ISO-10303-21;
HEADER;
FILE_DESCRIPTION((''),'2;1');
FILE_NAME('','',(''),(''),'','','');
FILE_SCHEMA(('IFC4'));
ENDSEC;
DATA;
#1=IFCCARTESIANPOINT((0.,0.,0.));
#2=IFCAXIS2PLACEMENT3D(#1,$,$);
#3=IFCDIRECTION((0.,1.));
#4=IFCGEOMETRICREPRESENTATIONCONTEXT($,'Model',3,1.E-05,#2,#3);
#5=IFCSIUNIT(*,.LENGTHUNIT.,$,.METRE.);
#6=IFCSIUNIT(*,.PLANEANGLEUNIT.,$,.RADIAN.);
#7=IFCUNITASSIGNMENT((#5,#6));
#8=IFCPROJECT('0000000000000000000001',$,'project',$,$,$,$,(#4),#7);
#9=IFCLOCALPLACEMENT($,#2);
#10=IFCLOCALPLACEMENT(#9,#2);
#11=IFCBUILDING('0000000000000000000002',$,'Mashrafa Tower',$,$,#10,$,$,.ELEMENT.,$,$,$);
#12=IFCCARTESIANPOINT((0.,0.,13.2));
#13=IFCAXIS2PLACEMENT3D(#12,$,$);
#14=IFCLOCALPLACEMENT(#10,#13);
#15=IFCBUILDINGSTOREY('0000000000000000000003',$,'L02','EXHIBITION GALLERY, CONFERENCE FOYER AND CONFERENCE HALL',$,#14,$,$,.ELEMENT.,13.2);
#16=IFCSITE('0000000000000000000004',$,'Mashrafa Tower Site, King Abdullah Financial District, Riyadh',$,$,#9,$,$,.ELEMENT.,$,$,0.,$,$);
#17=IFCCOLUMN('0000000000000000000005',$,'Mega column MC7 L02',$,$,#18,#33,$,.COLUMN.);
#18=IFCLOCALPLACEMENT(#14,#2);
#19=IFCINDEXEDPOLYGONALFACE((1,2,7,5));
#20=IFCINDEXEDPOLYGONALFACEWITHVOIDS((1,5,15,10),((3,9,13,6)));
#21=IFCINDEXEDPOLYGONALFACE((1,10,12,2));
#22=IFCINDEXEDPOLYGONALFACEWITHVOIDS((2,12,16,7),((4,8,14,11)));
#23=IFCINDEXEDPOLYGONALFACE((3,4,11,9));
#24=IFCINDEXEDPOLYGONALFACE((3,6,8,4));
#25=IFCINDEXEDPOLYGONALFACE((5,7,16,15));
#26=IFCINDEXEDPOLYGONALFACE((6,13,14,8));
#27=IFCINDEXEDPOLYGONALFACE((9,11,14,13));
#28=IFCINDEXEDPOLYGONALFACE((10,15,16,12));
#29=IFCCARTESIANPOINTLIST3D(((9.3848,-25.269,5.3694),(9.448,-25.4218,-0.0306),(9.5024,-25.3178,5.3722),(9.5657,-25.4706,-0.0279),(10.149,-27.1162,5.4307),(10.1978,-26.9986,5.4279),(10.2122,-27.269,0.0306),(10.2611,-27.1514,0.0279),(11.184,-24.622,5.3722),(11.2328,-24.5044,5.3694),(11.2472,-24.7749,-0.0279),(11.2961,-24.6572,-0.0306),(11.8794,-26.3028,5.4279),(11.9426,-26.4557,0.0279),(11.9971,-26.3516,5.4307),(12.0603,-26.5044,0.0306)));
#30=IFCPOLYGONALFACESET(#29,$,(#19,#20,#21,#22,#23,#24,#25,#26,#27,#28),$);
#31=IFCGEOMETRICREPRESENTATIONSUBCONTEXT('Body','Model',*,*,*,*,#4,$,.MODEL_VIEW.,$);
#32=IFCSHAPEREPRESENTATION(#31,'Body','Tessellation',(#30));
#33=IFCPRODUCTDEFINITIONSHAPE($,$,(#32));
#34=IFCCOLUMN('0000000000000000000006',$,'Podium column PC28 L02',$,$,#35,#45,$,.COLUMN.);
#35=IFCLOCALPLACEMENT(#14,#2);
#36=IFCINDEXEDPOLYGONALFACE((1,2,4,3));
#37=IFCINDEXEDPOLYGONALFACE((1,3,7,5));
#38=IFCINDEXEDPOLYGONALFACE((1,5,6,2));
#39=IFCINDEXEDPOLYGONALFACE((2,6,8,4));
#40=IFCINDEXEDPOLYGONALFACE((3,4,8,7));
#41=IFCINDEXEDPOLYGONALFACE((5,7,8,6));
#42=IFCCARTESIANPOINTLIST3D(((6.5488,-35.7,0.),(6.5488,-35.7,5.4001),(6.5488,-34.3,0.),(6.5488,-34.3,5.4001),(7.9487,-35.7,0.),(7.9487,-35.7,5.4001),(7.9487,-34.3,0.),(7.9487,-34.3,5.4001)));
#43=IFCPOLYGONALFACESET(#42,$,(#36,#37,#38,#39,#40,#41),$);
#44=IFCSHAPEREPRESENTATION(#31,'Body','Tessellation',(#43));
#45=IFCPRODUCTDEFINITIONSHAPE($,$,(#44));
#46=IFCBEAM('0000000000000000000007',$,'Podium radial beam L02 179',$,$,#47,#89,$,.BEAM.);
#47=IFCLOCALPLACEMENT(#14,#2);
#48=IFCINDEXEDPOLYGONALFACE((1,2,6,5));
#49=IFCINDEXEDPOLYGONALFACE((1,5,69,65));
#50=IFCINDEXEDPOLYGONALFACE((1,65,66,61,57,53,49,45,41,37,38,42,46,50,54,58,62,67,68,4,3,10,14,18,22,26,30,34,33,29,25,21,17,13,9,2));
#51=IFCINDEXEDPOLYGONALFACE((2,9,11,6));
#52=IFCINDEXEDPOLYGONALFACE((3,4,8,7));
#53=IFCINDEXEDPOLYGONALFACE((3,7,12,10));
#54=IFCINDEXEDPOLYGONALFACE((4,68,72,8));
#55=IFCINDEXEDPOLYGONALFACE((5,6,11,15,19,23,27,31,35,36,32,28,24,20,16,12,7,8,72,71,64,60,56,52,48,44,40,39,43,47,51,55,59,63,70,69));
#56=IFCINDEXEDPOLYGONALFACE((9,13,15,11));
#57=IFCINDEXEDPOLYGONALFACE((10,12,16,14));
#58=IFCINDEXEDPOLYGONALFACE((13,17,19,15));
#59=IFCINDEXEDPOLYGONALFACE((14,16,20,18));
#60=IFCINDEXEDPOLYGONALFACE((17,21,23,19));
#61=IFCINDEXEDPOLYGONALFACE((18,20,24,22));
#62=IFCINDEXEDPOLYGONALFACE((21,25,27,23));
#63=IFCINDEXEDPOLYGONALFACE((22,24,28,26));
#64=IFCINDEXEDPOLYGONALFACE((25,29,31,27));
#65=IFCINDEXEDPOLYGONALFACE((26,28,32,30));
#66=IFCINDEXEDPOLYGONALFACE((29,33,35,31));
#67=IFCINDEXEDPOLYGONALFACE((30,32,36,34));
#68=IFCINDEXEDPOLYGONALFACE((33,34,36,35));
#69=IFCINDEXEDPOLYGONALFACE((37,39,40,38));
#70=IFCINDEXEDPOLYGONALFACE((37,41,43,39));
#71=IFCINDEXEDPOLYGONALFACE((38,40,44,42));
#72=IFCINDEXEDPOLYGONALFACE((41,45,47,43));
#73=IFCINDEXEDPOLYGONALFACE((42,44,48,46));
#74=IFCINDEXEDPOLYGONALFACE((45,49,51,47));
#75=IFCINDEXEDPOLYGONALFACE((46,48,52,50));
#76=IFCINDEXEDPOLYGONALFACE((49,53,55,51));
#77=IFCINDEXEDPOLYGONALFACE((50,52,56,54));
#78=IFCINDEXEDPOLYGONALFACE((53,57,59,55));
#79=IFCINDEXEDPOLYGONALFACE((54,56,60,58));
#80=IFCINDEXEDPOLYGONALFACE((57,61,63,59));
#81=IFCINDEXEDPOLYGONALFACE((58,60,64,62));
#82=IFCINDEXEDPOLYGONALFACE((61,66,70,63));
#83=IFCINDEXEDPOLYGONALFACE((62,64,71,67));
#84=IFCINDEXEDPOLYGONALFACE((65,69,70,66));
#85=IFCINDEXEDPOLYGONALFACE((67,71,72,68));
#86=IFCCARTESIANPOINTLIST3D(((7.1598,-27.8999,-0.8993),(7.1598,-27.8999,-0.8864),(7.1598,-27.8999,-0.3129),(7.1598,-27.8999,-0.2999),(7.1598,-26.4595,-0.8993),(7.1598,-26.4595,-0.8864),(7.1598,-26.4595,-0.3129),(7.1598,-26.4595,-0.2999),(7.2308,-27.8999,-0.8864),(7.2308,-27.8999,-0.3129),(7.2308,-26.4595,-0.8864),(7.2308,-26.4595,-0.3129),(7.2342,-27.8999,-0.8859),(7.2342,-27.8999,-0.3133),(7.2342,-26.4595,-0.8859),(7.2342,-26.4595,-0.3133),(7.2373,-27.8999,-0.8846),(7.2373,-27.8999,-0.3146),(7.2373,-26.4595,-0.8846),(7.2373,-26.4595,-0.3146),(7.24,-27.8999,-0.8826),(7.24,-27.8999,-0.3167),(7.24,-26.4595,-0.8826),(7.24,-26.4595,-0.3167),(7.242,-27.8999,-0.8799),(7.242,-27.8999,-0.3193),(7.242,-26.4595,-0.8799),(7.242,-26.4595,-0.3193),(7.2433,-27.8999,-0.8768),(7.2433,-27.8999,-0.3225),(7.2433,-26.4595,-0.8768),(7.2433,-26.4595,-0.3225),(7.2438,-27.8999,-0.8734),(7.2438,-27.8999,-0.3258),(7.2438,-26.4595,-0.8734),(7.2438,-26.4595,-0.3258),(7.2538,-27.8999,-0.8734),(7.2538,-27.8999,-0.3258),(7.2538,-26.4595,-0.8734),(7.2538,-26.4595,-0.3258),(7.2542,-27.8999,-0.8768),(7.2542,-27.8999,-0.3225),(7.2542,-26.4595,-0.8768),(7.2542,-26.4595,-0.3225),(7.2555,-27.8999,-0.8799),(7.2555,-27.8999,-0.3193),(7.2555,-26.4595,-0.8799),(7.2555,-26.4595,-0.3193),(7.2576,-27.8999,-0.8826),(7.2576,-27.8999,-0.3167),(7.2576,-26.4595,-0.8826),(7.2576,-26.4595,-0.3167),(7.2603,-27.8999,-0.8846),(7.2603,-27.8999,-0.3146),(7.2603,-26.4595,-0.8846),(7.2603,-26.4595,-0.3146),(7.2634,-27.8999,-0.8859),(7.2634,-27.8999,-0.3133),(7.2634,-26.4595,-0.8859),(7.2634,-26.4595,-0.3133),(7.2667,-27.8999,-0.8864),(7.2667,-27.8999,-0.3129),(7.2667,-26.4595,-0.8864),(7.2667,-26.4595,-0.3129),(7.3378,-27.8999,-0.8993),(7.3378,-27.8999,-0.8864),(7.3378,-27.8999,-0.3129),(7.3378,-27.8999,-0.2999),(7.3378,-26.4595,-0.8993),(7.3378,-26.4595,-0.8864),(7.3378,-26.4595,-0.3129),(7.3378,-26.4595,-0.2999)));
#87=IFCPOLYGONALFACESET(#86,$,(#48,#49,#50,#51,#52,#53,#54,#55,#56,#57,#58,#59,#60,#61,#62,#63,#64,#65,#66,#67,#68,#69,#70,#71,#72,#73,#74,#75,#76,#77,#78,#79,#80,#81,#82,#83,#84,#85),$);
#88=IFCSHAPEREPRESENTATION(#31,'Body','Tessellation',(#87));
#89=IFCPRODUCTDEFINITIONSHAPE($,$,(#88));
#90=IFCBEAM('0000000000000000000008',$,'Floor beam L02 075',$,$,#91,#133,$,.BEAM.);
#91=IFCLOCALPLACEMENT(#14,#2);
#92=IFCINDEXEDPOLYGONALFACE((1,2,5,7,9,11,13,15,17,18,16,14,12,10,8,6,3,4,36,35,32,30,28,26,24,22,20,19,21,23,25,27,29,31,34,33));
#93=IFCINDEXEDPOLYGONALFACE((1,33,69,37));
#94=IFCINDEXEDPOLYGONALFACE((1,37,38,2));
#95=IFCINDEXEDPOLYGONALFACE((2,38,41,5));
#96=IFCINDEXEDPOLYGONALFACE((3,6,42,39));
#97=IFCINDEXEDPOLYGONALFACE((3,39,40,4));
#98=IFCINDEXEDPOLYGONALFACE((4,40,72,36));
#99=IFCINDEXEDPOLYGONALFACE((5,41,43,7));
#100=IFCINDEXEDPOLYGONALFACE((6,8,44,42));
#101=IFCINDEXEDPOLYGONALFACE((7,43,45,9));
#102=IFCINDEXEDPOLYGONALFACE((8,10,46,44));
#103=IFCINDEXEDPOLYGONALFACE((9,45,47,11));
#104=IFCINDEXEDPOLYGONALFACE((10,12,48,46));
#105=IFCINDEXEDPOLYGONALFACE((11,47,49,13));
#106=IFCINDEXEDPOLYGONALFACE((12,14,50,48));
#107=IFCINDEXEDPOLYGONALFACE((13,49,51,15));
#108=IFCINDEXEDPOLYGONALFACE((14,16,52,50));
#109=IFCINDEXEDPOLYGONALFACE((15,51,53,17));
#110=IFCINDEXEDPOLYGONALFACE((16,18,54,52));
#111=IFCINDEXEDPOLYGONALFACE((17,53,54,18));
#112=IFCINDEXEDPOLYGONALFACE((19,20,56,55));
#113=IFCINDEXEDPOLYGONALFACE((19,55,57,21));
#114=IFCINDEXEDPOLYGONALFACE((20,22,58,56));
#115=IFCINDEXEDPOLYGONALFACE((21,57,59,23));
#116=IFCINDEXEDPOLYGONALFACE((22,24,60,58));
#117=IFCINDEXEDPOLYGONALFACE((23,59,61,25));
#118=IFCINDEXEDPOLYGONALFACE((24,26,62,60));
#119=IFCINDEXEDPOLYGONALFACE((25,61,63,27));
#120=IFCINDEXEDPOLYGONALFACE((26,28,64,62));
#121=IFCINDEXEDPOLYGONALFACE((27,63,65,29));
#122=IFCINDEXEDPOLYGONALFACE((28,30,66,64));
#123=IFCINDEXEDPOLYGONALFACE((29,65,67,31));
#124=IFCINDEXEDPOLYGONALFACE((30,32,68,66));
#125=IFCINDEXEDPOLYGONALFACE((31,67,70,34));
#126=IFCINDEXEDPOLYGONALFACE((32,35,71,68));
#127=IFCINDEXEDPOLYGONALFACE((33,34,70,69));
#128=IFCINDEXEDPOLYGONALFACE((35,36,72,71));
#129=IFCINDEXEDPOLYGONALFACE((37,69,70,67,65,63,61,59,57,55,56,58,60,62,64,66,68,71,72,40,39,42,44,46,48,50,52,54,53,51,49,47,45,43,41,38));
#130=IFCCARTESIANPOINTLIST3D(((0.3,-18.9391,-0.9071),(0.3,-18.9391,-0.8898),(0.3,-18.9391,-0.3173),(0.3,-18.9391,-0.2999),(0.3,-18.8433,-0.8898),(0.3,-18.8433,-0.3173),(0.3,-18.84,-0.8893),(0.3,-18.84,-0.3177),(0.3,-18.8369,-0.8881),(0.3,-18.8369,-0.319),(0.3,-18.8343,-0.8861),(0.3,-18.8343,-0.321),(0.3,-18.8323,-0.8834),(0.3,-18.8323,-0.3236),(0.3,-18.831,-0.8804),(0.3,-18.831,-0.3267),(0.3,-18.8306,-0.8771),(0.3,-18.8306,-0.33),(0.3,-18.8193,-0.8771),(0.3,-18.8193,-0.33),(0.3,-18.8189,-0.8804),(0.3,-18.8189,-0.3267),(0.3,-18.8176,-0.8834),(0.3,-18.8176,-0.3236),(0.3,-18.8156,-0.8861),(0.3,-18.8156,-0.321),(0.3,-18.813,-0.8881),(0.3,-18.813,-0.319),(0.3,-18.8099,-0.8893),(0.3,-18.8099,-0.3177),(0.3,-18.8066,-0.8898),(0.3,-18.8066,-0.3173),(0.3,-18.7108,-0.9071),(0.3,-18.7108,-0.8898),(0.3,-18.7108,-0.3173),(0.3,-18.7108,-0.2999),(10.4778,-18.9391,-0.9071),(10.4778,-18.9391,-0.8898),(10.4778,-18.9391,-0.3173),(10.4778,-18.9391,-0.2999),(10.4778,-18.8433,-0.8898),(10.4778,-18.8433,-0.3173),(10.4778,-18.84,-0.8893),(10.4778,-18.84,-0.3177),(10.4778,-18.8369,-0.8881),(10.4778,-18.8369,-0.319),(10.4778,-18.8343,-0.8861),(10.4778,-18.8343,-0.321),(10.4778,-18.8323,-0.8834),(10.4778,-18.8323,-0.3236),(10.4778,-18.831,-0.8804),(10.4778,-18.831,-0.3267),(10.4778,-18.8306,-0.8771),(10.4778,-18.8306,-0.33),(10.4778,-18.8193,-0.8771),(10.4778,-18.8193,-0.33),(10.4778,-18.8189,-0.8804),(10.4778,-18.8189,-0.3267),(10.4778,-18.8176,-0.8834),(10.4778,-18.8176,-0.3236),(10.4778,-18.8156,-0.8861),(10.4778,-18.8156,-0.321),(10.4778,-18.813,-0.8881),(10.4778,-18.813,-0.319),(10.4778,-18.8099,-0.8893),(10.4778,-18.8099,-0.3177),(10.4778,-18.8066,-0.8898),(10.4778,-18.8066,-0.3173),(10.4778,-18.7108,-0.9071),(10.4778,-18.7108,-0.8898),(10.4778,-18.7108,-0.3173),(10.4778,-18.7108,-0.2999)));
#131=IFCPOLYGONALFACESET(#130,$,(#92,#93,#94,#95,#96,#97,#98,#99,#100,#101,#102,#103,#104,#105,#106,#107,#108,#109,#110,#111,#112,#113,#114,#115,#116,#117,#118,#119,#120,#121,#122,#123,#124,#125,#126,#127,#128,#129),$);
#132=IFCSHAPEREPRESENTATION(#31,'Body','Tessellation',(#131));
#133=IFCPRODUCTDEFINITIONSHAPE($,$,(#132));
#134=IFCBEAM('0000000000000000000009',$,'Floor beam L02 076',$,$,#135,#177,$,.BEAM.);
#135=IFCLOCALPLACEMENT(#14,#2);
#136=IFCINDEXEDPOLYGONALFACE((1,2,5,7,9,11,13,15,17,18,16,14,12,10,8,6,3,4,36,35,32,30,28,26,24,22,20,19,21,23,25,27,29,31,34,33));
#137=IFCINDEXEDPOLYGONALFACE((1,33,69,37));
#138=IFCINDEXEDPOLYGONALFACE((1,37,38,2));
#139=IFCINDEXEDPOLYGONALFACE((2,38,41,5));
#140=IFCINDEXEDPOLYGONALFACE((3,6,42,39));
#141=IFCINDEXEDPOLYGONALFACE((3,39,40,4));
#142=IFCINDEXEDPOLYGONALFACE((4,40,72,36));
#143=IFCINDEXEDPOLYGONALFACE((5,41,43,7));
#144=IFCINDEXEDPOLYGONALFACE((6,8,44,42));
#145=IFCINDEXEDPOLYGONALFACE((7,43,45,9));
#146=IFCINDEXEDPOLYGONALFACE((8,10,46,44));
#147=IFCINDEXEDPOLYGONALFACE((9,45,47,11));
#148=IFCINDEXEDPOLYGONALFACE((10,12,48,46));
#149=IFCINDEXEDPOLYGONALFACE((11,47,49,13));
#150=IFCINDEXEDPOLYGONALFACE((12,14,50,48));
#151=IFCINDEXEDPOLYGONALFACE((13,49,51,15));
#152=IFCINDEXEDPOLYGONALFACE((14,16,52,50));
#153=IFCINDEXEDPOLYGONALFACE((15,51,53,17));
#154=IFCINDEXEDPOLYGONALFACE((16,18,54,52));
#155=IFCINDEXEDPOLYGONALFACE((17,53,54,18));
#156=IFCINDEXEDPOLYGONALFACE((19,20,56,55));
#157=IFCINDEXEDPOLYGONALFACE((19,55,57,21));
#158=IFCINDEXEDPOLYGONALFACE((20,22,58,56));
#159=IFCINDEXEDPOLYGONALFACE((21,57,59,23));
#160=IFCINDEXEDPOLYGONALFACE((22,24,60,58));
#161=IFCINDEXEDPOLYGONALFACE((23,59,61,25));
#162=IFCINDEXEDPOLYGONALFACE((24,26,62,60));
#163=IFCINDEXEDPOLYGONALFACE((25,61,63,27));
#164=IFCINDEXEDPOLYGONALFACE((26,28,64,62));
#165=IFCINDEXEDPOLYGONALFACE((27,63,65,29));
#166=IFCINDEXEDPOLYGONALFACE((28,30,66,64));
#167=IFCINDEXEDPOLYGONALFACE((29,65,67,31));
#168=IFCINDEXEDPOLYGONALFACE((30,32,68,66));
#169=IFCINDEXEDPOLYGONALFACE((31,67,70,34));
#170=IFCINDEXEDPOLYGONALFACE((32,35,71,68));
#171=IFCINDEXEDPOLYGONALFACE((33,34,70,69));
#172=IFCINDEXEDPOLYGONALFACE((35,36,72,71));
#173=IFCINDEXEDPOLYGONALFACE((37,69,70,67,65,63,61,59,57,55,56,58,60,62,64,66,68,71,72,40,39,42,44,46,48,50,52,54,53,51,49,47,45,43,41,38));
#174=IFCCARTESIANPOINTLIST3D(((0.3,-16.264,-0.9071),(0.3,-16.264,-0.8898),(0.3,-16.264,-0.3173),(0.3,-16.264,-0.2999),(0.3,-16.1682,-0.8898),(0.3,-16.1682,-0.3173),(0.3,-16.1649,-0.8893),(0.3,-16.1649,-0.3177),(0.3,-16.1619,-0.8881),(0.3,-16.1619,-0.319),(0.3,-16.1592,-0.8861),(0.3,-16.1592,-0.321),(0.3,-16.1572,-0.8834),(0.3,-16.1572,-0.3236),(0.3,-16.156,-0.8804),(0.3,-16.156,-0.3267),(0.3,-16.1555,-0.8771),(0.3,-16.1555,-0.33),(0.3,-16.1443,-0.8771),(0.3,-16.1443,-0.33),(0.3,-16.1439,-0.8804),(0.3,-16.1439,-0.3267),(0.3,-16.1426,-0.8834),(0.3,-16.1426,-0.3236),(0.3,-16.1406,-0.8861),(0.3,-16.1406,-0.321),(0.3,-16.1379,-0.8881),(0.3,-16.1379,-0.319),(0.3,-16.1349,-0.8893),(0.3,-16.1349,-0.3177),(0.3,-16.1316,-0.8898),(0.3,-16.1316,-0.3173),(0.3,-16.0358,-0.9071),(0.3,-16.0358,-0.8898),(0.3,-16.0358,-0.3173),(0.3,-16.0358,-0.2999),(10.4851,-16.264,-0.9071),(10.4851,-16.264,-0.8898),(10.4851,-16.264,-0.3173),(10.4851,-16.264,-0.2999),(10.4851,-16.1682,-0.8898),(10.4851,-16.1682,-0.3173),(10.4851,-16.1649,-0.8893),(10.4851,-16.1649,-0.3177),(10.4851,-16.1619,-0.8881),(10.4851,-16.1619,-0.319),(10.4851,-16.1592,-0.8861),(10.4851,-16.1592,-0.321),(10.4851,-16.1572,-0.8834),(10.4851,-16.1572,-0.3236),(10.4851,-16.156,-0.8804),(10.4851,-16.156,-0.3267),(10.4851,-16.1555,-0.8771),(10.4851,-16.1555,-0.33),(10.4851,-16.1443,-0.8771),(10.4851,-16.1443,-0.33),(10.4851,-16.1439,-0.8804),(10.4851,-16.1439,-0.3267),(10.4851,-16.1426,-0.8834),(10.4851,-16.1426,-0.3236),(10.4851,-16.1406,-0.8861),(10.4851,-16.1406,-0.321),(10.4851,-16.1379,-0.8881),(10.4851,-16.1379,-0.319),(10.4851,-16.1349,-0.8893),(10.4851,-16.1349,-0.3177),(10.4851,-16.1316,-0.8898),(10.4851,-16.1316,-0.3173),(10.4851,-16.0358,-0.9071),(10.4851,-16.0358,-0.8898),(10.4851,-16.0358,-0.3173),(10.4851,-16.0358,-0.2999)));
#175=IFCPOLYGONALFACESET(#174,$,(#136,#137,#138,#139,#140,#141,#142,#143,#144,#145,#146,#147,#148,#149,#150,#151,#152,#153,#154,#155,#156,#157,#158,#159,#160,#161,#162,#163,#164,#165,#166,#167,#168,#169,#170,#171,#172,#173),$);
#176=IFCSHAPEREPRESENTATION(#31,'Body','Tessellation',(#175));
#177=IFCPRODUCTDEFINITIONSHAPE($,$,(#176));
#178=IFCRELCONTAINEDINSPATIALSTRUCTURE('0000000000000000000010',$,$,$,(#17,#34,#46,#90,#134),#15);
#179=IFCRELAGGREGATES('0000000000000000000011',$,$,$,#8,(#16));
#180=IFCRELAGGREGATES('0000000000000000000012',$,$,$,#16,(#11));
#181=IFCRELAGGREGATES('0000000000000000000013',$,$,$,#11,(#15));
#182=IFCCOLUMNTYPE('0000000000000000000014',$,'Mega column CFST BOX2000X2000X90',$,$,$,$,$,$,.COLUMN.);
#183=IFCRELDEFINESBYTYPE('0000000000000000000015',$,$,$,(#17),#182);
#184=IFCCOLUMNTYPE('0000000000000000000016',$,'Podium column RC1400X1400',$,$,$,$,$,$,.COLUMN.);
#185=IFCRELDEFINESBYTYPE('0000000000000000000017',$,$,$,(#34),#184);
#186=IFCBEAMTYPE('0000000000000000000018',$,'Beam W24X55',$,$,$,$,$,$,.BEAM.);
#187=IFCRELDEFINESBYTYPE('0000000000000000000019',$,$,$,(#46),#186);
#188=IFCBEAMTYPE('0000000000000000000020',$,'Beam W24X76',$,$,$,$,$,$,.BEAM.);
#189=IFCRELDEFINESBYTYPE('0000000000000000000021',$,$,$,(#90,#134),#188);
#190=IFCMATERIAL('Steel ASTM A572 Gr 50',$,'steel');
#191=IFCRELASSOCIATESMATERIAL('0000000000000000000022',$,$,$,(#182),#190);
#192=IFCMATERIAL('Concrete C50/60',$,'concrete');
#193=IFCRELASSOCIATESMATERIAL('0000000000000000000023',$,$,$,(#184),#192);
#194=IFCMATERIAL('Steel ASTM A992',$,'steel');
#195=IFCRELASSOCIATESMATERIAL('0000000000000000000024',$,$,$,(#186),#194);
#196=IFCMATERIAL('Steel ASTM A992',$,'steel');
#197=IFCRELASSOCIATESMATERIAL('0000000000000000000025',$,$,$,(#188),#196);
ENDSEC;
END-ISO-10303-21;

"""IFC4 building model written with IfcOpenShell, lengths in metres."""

from ifc_helpers import new_model, si_unit, direction, frame, origin, origin_2d, place, context, subcontext, project, spatial, rectangle, hollow_rectangle, i_section, extrude, material, material_profile, profile_set, type_object, element, save


model = new_model("IFC4")

# Units and contexts
model_context = context("Model", 3, precision=1e-05, world=origin(), true_north=direction((0.0, 1.0)))
body_context = subcontext(model_context, "Body", "Model", "MODEL_VIEW")
ifc_project = project(units=[si_unit("LENGTHUNIT", "METRE"), si_unit("PLANEANGLEUNIT", "RADIAN")], contexts=[model_context])

# Site, building, storey
site_placement = place(None, origin())
site = spatial("IfcSite", under=ifc_project, at=site_placement, Name="Mashrafa Tower Site, King Abdullah Financial District, Riyadh", CompositionType="ELEMENT", RefElevation=0.0)
building_placement = place(site_placement, origin())
building = spatial("IfcBuilding", under=site, at=building_placement, Name="Mashrafa Tower", CompositionType="ELEMENT")
storey_placement = place(building_placement, frame((0.0, 0.0, 13.2)))
storey = spatial("IfcBuildingStorey", under=building, at=storey_placement, Name="L02", Description="EXHIBITION GALLERY, CONFERENCE FOYER AND CONFERENCE HALL", CompositionType="ELEMENT", Elevation=13.2)

# Columns
ifc_material_1 = material(Name="Steel ASTM A572 Gr 50", Category="steel")
ifc_material_profile_1 = material_profile(ifc_material_1, hollow_rectangle(XDim=2.0, YDim=2.0, WallThickness=0.0901, at=origin_2d()), Name="BOX2000X2000X90")
ifc_profile_set_1 = profile_set([ifc_material_profile_1], Name="Steel ASTM A572 Gr 50")
column_type_1 = type_object("IfcColumnType", Name="Mega column CFST BOX2000X2000X90", PredefinedType="COLUMN", material=ifc_profile_set_1)
column_1_placement = place(storey_placement, frame((10.7542, -25.9631, 0.0), z_axis=(-0.011704, 0.028288, 0.999531), x_axis=(-0.924035, -0.382308, 0.0)))
element("IfcColumn", 1, at=column_1_placement, inside=storey, type_object=column_type_1, Name="Mega column MC7 L02", PredefinedType="COLUMN", context=body_context, shape_type="SweptSolid", body=[
    extrude(hollow_rectangle(XDim=2.0, YDim=2.0, WallThickness=0.0901, at=origin_2d()), origin(), (0.0, 0.0, 1.0), 5.4026),
])
ifc_material_2 = material(Name="Concrete C50/60", Category="concrete")
ifc_material_profile_2 = material_profile(ifc_material_2, rectangle(XDim=1.3999, YDim=1.3999, at=origin_2d()), Name="RC1400X1400")
ifc_profile_set_2 = profile_set([ifc_material_profile_2], Name="Concrete C50/60")
column_type_2 = type_object("IfcColumnType", Name="Podium column RC1400X1400", PredefinedType="COLUMN", material=ifc_profile_set_2)
column_2_placement = place(storey_placement, frame((7.2488, -35.0, 0.0), z_axis=(0.0, 0.0, 1.0), x_axis=(1.0, 0.0, 0.0)))
element("IfcColumn", 2, at=column_2_placement, inside=storey, type_object=column_type_2, Name="Podium column PC28 L02", PredefinedType="COLUMN", context=body_context, shape_type="SweptSolid", body=[
    extrude(rectangle(XDim=1.3999, YDim=1.3999, at=origin_2d()), origin(), (0.0, 0.0, 1.0), 5.4001),
])

# Beams
ifc_material_3 = material(Name="Steel ASTM A992", Category="steel")
ifc_material_profile_3 = material_profile(ifc_material_3, i_section(OverallWidth=0.178, OverallDepth=0.5994, WebThickness=0.01, FlangeThickness=0.0129, FilletRadius=0.0129, at=origin_2d()), Name="W24X55")
ifc_profile_set_3 = profile_set([ifc_material_profile_3], Name="Steel ASTM A992")
beam_type_1 = type_object("IfcBeamType", Name="Beam W24X55", PredefinedType="BEAM", material=ifc_profile_set_3)
beam_1_placement = place(storey_placement, frame((7.2488, -26.4595, -0.5996), z_axis=(0.0, -1.0, 0.0), x_axis=(1.0, 0.0, 0.0)))
element("IfcBeam", 3, at=beam_1_placement, inside=storey, type_object=beam_type_1, Name="Podium radial beam L02 179", PredefinedType="BEAM", context=body_context, shape_type="SweptSolid", body=[
    extrude(i_section(OverallWidth=0.178, OverallDepth=0.5994, WebThickness=0.01, FlangeThickness=0.0129, FilletRadius=0.0129, at=origin_2d()), origin(), (0.0, 0.0, 1.0), 1.4404),
])
ifc_material_4 = material(Name="Steel ASTM A992", Category="steel")
ifc_material_profile_4 = material_profile(ifc_material_4, i_section(OverallWidth=0.2283, OverallDepth=0.6072, WebThickness=0.0112, FlangeThickness=0.0173, FilletRadius=0.0127, at=origin_2d()), Name="W24X76")
ifc_profile_set_4 = profile_set([ifc_material_profile_4], Name="Steel ASTM A992")
beam_type_2 = type_object("IfcBeamType", Name="Beam W24X76", PredefinedType="BEAM", material=ifc_profile_set_4)
beam_2_placement = place(storey_placement, frame((10.4778, -18.825, -0.6035), z_axis=(-1.0, 0.0, 0.0), x_axis=(0.0, -1.0, 0.0)))
element("IfcBeam", 4, at=beam_2_placement, inside=storey, type_object=beam_type_2, Name="Floor beam L02 075", PredefinedType="BEAM", context=body_context, shape_type="SweptSolid", body=[
    extrude(i_section(OverallWidth=0.2283, OverallDepth=0.6072, WebThickness=0.0112, FlangeThickness=0.0173, FilletRadius=0.0127, at=origin_2d()), origin(), (0.0, 0.0, 1.0), 10.1777),
])
beam_3_placement = place(storey_placement, frame((10.4851, -16.1499, -0.6035), z_axis=(-1.0, 0.0, 0.0), x_axis=(0.0, -1.0, 0.0)))
element("IfcBeam", 5, at=beam_3_placement, inside=storey, type_object=beam_type_2, Name="Floor beam L02 076", PredefinedType="BEAM", context=body_context, shape_type="SweptSolid", body=[
    extrude(i_section(OverallWidth=0.2283, OverallDepth=0.6072, WebThickness=0.0112, FlangeThickness=0.0173, FilletRadius=0.0127, at=origin_2d()), origin(), (0.0, 0.0, 1.0), 10.1851),
])

save(model, "model.ifc")
